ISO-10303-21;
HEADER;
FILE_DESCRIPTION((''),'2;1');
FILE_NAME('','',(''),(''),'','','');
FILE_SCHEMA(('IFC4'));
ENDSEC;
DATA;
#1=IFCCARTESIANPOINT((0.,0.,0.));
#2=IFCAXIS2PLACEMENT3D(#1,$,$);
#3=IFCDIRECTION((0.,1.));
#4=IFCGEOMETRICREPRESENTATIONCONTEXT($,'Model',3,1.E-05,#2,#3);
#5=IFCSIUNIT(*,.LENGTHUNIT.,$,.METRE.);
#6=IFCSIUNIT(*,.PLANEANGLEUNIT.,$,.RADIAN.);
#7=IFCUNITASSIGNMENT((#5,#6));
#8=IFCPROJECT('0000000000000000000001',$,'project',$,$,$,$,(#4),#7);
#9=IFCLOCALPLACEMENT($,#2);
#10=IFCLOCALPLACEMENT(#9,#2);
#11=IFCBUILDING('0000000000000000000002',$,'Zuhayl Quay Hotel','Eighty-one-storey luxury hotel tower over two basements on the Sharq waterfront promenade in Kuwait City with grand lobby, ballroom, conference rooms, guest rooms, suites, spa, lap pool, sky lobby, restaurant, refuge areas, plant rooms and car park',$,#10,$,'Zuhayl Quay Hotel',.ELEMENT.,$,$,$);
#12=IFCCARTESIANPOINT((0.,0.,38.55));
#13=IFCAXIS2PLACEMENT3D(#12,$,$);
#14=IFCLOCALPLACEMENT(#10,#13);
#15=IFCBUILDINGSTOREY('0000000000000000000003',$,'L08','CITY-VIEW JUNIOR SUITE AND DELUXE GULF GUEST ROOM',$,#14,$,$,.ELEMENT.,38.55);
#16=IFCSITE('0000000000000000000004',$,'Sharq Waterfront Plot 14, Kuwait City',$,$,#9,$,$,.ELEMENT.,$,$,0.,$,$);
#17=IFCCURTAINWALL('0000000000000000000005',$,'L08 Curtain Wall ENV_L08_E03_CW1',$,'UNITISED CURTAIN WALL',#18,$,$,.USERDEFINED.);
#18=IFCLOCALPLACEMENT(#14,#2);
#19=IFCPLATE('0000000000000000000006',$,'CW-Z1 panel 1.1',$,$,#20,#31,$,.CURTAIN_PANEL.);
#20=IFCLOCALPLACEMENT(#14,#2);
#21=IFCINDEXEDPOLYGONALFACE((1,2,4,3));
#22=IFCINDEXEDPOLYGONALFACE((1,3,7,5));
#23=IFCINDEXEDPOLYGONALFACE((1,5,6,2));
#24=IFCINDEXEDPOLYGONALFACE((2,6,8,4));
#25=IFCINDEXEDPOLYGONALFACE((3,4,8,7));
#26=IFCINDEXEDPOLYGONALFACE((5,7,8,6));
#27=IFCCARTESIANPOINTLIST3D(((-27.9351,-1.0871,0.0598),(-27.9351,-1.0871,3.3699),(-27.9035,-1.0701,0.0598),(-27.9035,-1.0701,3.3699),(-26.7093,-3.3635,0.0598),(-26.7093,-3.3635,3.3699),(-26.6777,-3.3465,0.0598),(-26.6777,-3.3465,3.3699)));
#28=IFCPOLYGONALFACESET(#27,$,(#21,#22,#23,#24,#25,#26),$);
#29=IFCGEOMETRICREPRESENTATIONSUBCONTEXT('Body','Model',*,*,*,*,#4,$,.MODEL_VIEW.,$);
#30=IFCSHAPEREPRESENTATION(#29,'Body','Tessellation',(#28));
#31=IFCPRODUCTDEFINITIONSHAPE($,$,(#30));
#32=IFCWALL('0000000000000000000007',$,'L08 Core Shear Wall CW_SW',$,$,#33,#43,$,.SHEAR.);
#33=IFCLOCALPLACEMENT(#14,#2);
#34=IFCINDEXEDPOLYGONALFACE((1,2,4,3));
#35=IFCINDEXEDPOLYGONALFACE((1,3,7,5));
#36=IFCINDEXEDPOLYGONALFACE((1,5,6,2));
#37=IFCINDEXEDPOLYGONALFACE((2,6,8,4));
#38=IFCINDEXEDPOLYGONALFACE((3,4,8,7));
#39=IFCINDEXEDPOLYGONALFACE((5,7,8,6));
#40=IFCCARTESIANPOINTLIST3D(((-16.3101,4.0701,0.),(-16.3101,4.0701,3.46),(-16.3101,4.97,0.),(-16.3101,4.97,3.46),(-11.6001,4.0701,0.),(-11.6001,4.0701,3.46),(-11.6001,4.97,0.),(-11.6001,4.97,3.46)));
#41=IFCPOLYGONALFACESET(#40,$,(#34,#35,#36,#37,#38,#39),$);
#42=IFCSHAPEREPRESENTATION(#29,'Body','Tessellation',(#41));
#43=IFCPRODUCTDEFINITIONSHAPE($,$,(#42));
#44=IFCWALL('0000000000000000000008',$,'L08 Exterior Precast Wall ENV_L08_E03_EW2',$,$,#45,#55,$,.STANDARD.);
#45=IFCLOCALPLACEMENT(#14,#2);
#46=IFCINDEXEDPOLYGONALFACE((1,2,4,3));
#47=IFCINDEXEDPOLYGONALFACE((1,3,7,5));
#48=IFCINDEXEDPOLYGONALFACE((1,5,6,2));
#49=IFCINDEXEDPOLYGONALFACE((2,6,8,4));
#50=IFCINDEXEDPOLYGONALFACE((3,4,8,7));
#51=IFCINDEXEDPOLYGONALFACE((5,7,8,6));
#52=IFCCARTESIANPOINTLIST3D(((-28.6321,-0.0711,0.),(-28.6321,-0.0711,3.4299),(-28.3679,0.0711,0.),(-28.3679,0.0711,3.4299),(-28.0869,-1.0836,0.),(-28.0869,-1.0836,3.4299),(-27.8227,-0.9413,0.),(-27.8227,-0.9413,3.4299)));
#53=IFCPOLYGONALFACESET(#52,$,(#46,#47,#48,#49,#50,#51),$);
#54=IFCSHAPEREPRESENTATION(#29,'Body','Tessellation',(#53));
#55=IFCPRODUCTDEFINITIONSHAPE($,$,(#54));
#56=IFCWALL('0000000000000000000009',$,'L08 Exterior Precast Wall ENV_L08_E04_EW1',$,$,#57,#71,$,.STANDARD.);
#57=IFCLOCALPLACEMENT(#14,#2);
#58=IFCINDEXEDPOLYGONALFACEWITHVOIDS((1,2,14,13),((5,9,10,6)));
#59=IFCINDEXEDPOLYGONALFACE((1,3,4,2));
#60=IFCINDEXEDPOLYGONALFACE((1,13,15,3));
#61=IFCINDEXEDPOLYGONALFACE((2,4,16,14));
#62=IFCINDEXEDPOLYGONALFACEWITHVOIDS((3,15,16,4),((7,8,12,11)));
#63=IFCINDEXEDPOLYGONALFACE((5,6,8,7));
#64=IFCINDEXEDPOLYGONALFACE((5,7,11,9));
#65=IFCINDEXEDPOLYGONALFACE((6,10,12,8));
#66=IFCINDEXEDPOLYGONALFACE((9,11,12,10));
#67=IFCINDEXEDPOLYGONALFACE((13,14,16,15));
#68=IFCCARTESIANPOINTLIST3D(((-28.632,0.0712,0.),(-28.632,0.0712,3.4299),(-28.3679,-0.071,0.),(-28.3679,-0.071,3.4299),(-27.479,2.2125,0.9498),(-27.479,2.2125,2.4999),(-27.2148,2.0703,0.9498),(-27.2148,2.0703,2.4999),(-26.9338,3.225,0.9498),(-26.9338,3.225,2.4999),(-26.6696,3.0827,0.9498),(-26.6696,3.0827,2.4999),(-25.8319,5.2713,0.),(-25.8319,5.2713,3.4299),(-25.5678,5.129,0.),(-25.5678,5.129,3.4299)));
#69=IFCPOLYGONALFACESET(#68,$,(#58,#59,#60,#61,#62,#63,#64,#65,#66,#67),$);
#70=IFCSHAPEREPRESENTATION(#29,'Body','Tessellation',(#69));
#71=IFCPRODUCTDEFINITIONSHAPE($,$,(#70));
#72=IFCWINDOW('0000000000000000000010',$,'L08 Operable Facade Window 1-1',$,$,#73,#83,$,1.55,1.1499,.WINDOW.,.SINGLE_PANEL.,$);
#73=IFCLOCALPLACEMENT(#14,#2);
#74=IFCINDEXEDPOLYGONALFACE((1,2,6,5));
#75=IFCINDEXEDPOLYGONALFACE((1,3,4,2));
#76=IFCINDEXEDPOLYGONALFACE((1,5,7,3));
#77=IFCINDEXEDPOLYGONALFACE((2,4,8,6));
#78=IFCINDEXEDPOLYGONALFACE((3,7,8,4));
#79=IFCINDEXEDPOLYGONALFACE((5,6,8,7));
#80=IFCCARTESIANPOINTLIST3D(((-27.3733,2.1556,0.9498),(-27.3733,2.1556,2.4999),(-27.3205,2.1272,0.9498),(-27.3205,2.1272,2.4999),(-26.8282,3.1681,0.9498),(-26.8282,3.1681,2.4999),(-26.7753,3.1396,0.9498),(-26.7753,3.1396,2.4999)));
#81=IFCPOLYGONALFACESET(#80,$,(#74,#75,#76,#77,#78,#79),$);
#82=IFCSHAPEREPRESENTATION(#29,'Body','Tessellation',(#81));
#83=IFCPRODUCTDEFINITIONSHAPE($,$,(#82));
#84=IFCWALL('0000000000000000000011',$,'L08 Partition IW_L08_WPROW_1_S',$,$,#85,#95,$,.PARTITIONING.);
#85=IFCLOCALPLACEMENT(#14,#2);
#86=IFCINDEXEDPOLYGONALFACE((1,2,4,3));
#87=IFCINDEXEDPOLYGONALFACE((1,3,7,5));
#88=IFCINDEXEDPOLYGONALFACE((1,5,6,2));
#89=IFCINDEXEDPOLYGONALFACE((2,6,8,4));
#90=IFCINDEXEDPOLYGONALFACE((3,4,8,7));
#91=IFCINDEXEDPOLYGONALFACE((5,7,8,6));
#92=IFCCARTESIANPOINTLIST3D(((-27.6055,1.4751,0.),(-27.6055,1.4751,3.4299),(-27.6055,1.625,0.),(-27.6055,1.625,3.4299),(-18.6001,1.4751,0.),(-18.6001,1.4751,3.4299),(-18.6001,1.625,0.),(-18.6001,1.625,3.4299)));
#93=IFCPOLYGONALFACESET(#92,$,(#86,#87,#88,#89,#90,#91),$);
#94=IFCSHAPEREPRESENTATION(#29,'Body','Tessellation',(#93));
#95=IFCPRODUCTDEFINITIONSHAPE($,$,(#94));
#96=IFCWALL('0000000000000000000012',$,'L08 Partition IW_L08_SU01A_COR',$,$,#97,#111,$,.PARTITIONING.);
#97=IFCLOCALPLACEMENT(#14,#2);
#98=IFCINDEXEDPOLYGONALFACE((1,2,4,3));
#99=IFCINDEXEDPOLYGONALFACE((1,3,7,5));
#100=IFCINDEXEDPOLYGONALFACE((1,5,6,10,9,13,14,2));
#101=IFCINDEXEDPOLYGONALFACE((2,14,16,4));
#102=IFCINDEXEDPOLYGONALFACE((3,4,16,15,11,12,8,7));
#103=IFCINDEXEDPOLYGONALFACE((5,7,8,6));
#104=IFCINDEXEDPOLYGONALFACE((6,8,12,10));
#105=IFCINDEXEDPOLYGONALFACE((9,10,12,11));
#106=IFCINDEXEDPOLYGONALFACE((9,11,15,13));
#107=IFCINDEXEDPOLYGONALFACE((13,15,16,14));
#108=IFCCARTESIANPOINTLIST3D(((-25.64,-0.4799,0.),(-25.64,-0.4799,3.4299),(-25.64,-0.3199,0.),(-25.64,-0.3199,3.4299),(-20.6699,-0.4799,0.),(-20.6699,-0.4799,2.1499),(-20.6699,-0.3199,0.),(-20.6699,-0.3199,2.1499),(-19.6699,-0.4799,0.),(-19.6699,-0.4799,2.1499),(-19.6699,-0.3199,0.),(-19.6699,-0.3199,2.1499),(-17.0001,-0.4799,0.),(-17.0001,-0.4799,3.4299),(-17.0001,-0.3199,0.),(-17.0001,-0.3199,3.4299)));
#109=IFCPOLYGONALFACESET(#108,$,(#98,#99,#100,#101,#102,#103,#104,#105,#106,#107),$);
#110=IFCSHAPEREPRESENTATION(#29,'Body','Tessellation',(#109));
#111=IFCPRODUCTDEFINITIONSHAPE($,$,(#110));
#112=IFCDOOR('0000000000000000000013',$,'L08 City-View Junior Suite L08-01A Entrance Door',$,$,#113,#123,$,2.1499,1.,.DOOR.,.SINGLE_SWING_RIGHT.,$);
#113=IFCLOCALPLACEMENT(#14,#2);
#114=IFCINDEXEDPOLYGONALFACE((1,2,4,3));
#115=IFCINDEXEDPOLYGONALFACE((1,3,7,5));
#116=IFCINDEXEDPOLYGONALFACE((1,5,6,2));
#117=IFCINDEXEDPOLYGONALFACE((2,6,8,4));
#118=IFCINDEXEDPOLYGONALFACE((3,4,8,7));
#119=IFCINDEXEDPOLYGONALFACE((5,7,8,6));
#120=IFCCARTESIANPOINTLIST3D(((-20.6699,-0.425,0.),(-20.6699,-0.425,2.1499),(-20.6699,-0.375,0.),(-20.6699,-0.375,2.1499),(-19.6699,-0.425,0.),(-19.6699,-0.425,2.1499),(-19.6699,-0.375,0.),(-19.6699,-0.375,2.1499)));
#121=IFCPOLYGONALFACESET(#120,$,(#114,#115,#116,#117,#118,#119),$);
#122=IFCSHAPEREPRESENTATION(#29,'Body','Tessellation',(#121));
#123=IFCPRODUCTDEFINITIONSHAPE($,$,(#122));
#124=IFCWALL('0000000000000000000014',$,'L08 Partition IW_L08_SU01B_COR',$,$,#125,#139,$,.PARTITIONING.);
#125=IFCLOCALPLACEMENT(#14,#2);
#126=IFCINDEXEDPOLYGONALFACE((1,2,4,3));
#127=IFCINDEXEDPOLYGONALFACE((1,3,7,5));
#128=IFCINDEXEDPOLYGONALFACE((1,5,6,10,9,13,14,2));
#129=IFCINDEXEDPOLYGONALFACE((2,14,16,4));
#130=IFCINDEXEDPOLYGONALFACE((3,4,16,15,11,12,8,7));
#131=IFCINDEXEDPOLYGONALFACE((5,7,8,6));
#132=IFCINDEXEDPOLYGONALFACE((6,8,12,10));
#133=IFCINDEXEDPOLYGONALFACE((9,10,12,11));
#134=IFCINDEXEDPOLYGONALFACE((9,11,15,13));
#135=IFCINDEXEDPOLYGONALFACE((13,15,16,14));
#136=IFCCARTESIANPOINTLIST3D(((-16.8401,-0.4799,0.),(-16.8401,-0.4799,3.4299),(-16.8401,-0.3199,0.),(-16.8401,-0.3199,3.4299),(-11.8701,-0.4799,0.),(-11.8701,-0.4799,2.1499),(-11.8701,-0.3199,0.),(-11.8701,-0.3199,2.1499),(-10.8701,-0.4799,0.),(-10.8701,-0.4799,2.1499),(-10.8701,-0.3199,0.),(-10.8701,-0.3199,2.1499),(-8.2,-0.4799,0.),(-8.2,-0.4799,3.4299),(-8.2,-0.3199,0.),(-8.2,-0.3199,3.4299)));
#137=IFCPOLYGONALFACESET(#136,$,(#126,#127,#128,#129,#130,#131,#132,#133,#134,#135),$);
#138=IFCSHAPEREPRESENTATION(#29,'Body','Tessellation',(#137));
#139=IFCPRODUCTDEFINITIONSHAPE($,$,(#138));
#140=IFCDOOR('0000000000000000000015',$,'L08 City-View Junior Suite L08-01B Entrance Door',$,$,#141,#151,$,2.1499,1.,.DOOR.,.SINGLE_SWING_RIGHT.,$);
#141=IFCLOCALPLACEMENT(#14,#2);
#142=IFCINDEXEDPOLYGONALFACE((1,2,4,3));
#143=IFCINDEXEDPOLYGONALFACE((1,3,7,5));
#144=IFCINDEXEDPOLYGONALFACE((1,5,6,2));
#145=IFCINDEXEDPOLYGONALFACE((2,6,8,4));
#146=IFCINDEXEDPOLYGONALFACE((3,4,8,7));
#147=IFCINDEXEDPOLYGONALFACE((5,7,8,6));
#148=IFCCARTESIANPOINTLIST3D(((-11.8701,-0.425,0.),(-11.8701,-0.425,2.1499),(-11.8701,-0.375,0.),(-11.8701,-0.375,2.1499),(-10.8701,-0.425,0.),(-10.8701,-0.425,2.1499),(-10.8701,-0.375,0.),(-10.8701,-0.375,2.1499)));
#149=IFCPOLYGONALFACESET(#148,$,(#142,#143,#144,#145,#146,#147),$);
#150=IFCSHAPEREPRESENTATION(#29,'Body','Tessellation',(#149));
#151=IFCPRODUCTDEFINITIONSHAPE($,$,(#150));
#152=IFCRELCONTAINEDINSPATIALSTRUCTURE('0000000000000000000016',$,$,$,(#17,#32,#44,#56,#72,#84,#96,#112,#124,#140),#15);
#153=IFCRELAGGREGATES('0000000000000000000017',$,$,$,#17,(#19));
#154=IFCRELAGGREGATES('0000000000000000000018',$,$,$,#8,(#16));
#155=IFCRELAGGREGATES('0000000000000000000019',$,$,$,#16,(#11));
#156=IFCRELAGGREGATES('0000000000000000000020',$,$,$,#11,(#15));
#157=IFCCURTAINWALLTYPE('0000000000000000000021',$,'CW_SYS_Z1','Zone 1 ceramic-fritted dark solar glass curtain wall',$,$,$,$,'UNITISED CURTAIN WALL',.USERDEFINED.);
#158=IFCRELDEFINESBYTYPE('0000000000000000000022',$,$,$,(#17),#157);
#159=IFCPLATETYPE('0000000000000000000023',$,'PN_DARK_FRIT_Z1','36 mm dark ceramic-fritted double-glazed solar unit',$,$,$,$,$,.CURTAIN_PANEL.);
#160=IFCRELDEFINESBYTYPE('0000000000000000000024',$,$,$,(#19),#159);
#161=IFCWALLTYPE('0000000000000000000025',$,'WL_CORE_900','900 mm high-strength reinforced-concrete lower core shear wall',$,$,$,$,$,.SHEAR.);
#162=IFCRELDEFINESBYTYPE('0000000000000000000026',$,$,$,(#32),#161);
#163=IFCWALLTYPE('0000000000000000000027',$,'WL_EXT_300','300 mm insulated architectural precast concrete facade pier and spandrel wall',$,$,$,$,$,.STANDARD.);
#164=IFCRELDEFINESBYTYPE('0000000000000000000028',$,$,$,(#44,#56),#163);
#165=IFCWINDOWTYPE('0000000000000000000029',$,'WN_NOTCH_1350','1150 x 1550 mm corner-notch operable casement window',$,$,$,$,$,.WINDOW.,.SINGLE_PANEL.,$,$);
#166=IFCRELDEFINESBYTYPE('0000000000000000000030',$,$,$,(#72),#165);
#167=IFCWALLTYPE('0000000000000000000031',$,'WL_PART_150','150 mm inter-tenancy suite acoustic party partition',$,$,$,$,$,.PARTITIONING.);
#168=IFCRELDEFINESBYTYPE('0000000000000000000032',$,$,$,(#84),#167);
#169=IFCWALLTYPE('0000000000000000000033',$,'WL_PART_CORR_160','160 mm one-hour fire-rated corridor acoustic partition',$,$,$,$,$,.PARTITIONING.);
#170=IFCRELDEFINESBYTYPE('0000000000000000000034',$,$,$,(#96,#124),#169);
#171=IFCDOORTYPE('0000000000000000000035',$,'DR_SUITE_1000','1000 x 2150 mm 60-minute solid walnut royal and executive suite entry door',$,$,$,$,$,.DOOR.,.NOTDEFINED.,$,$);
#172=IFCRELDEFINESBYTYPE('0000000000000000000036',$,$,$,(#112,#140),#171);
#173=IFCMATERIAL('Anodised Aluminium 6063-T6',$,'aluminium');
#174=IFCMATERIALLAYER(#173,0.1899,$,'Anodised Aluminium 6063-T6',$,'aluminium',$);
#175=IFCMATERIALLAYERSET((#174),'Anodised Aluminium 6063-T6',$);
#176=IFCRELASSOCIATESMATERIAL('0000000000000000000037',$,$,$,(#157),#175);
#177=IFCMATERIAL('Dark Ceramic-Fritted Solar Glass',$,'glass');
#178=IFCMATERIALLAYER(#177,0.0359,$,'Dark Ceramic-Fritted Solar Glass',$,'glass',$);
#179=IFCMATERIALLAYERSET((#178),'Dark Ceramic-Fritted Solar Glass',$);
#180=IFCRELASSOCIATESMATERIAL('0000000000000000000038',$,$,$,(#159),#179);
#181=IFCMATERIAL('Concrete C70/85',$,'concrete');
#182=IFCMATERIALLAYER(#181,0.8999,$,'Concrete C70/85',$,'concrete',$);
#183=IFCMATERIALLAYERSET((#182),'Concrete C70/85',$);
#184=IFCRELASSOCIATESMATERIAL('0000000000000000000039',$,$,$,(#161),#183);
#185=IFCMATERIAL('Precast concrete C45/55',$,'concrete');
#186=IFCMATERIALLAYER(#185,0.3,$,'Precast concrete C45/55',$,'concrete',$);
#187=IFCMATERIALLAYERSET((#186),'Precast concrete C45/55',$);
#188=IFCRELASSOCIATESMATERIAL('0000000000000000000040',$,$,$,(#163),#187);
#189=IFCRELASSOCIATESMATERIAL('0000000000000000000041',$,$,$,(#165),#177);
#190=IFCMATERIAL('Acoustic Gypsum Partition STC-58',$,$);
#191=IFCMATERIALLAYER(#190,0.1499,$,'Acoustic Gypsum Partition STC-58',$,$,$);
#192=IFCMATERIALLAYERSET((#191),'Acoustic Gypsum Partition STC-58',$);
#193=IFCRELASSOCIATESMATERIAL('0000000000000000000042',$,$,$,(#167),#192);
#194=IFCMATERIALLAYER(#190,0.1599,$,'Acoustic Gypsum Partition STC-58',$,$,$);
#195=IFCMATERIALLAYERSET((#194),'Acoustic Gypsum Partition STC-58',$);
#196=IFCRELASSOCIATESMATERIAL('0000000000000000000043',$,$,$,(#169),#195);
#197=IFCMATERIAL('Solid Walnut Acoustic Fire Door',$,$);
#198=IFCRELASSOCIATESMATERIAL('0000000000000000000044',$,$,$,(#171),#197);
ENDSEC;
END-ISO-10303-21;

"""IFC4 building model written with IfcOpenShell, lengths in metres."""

from ifc_helpers import new_model, si_unit, direction, frame, frame_2d, origin, origin_2d, place, context, subcontext, project, spatial, rectangle, extrude, material, layer, layer_set, type_object, element, fill, aggregate, save


model = new_model("IFC4")

# Units and contexts
model_context = context("Model", 3, precision=1e-05, world=origin(), true_north=direction((0.0, 1.0)))
body_context = subcontext(model_context, "Body", "Model", "MODEL_VIEW")
ifc_project = project(units=[si_unit("LENGTHUNIT", "METRE"), si_unit("PLANEANGLEUNIT", "RADIAN")], contexts=[model_context])

# Site, building, storey
site_placement = place(None, origin())
site = spatial("IfcSite", under=ifc_project, at=site_placement, Name="Sharq Waterfront Plot 14, Kuwait City", CompositionType="ELEMENT", RefElevation=0.0)
building_placement = place(site_placement, origin())
building = spatial("IfcBuilding", under=site, at=building_placement, Name="Zuhayl Quay Hotel", Description="Eighty-one-storey luxury hotel tower over two basements on the Sharq waterfront promenade in Kuwait City with grand lobby, ballroom, conference rooms, guest rooms, suites, spa, lap pool, sky lobby, restaurant, refuge areas, plant rooms and car park", LongName="Zuhayl Quay Hotel", CompositionType="ELEMENT")
storey_placement = place(building_placement, frame((0.0, 0.0, 38.55)))
storey = spatial("IfcBuildingStorey", under=building, at=storey_placement, Name="L08", Description="CITY-VIEW JUNIOR SUITE AND DELUXE GULF GUEST ROOM", CompositionType="ELEMENT", Elevation=38.55)

# Shared definitions
ifc_material_1 = material(Name="Concrete C70/85", Category="concrete")

# Curtain wall, plate
ifc_material_2 = material(Name="Anodised Aluminium 6063-T6", Category="aluminium")
ifc_layer_1 = layer(ifc_material_2, 0.1899, Name="Anodised Aluminium 6063-T6", Category="aluminium")
ifc_layer_set_1 = layer_set([ifc_layer_1], Name="Anodised Aluminium 6063-T6")
curtain_wall_type = type_object("IfcCurtainWallType", Name="CW_SYS_Z1", Description="Zone 1 ceramic-fritted dark solar glass curtain wall", ElementType="UNITISED CURTAIN WALL", PredefinedType="USERDEFINED", material=ifc_layer_set_1)
curtain_wall_placement = place(storey_placement, origin())
curtain_wall = element("IfcCurtainWall", 1, at=curtain_wall_placement, inside=storey, type_object=curtain_wall_type, Name="L08 Curtain Wall ENV_L08_E03_CW1", ObjectType="UNITISED CURTAIN WALL", PredefinedType="USERDEFINED")
ifc_material_3 = material(Name="Dark Ceramic-Fritted Solar Glass", Category="glass")
ifc_layer_2 = layer(ifc_material_3, 0.0359, Name="Dark Ceramic-Fritted Solar Glass", Category="glass")
ifc_layer_set_2 = layer_set([ifc_layer_2], Name="Dark Ceramic-Fritted Solar Glass")
plate_type = type_object("IfcPlateType", Name="PN_DARK_FRIT_Z1", Description="36 mm dark ceramic-fritted double-glazed solar unit", PredefinedType="CURTAIN_PANEL", material=ifc_layer_set_2)
plate_placement = place(storey_placement, frame((-27.3064, -2.2168, 0.0598), z_axis=(0.0, 0.0, 1.0), x_axis=(-0.474091, 0.880476, 0.0)))
plate = element("IfcPlate", 2, at=plate_placement, type_object=plate_type, Name="CW-Z1 panel 1.1", PredefinedType="CURTAIN_PANEL", context=body_context, shape_type="SweptSolid", body=[
    extrude(rectangle(XDim=2.5854, YDim=0.0359, at=origin_2d()), origin(), (0.0, 0.0, 1.0), 3.3101),
])
aggregate(curtain_wall, [plate])

# Walls
ifc_layer_3 = layer(ifc_material_1, 0.8999, Name="Concrete C70/85", Category="concrete")
ifc_layer_set_3 = layer_set([ifc_layer_3], Name="Concrete C70/85")
wall_type_1 = type_object("IfcWallType", Name="WL_CORE_900", Description="900 mm high-strength reinforced-concrete lower core shear wall", PredefinedType="SHEAR", material=ifc_layer_set_3)
wall_1_placement = place(storey_placement, frame((-16.3101, 4.52, 0.0), z_axis=(0.0, 0.0, 1.0), x_axis=(1.0, 0.0, 0.0)))
element("IfcWall", 3, at=wall_1_placement, inside=storey, type_object=wall_type_1, Name="L08 Core Shear Wall CW_SW", PredefinedType="SHEAR", context=body_context, shape_type="SweptSolid", body=[
    extrude(rectangle(XDim=4.71, YDim=0.8999, at=frame_2d((2.355, 0.0))), origin(), (0.0, 0.0, 1.0), 3.46),
])
ifc_material_4 = material(Name="Precast concrete C45/55", Category="concrete")
ifc_layer_4 = layer(ifc_material_4, 0.3, Name="Precast concrete C45/55", Category="concrete")
ifc_layer_set_4 = layer_set([ifc_layer_4], Name="Precast concrete C45/55")
wall_type_2 = type_object("IfcWallType", Name="WL_EXT_300", Description="300 mm insulated architectural precast concrete facade pier and spandrel wall", PredefinedType="STANDARD", material=ifc_layer_set_4)
wall_2_placement = place(storey_placement, frame((-27.9548, -1.0125, 0.0), z_axis=(0.0, 0.0, 1.0), x_axis=(-0.4741, 0.880471, 0.0)))
element("IfcWall", 4, at=wall_2_placement, inside=storey, type_object=wall_type_2, Name="L08 Exterior Precast Wall ENV_L08_E03_EW2", PredefinedType="STANDARD", context=body_context, shape_type="SweptSolid", body=[
    extrude(rectangle(XDim=1.1499, YDim=0.3, at=frame_2d((0.575, 0.0))), origin(), (0.0, 0.0, 1.0), 3.4299),
])

# Wall, opening, window
wall_3_placement = place(storey_placement, frame((-28.5, 0.0, 0.0), z_axis=(0.0, 0.0, 1.0), x_axis=(0.47411, 0.880466, 0.0)))
wall_3 = element("IfcWall", 5, at=wall_3_placement, inside=storey, type_object=wall_type_2, Name="L08 Exterior Precast Wall ENV_L08_E04_EW1", PredefinedType="STANDARD", context=body_context, shape_type="SweptSolid", body=[
    extrude(rectangle(XDim=5.906, YDim=0.3, at=frame_2d((2.9531, 0.0))), origin(), (0.0, 0.0, 1.0), 3.4299),
])
opening_1_placement = place(wall_3_placement, frame((2.4321, 0.0, 0.95)))
opening_1 = element("IfcOpeningElement", 6, at=opening_1_placement, cuts=wall_3, PredefinedType="OPENING", context=body_context, shape_type="SweptSolid", body=[
    extrude(rectangle(XDim=1.1499, YDim=1.55, at=frame_2d((0.575, 0.7749))), frame((0.0, 0.1599, 0.0), z_axis=(0.0, -1.0, 0.0), x_axis=(1.0, 0.0, 0.0)), (0.0, 0.0, 1.0), 0.3201),
])
window_type = type_object("IfcWindowType", Name="WN_NOTCH_1350", Description="1150 x 1550 mm corner-notch operable casement window", PartitioningType="SINGLE_PANEL", PredefinedType="WINDOW", material=ifc_material_3)
window_placement = place(opening_1_placement, origin())
window = element("IfcWindow", 7, at=window_placement, inside=storey, type_object=window_type, Name="L08 Operable Facade Window 1-1", OverallHeight=1.55, OverallWidth=1.1499, PartitioningType="SINGLE_PANEL", PredefinedType="WINDOW", context=body_context, shape_type="SweptSolid", body=[
    extrude(rectangle(XDim=1.1499, YDim=1.55, at=frame_2d((0.575, 0.7749))), frame((0.0, 0.03, 0.0), z_axis=(0.0, -1.0, 0.0), x_axis=(1.0, 0.0, 0.0)), (0.0, 0.0, 1.0), 0.0601),
])
fill(opening_1, window)

# Wall
ifc_material_5 = material(Name="Acoustic Gypsum Partition STC-58")
ifc_layer_5 = layer(ifc_material_5, 0.1499, Name="Acoustic Gypsum Partition STC-58")
ifc_layer_set_5 = layer_set([ifc_layer_5], Name="Acoustic Gypsum Partition STC-58")
wall_type_3 = type_object("IfcWallType", Name="WL_PART_150", Description="150 mm inter-tenancy suite acoustic party partition", PredefinedType="PARTITIONING", material=ifc_layer_set_5)
wall_4_placement = place(storey_placement, frame((-27.6055, 1.55, 0.0), z_axis=(0.0, 0.0, 1.0), x_axis=(1.0, 0.0, 0.0)))
element("IfcWall", 8, at=wall_4_placement, inside=storey, type_object=wall_type_3, Name="L08 Partition IW_L08_WPROW_1_S", PredefinedType="PARTITIONING", context=body_context, shape_type="SweptSolid", body=[
    extrude(rectangle(XDim=9.0054, YDim=0.1499, at=frame_2d((4.5027, 0.0))), origin(), (0.0, 0.0, 1.0), 3.4299),
])

# Walls, openings, doors
ifc_layer_6 = layer(ifc_material_5, 0.1599, Name="Acoustic Gypsum Partition STC-58")
ifc_layer_set_6 = layer_set([ifc_layer_6], Name="Acoustic Gypsum Partition STC-58")
wall_type_4 = type_object("IfcWallType", Name="WL_PART_CORR_160", Description="160 mm one-hour fire-rated corridor acoustic partition", PredefinedType="PARTITIONING", material=ifc_layer_set_6)
wall_5_placement = place(storey_placement, frame((-25.6399, -0.3999, 0.0), z_axis=(0.0, 0.0, 1.0), x_axis=(1.0, 0.0, 0.0)))
wall_5 = element("IfcWall", 9, at=wall_5_placement, inside=storey, type_object=wall_type_4, Name="L08 Partition IW_L08_SU01A_COR", PredefinedType="PARTITIONING", context=body_context, shape_type="SweptSolid", body=[
    extrude(rectangle(XDim=8.6399, YDim=0.1599, at=frame_2d((4.3198, 0.0))), origin(), (0.0, 0.0, 1.0), 3.4299),
])
opening_2_placement = place(wall_5_placement, frame((4.97, 0.0, 0.0)))
opening_2 = element("IfcOpeningElement", 10, at=opening_2_placement, cuts=wall_5, PredefinedType="OPENING", context=body_context, shape_type="SweptSolid", body=[
    extrude(rectangle(XDim=1.0, YDim=2.1499, at=frame_2d((0.5, 1.075))), frame((0.0, 0.0898, 0.0), z_axis=(0.0, -1.0, 0.0), x_axis=(1.0, 0.0, 0.0)), (0.0, 0.0, 1.0), 0.1799),
])
ifc_material_6 = material(Name="Solid Walnut Acoustic Fire Door")
door_type_1 = type_object("IfcDoorType", Name="DR_SUITE_1000", Description="1000 x 2150 mm 60-minute solid walnut royal and executive suite entry door", OperationType="NOTDEFINED", PredefinedType="DOOR", material=ifc_material_6)
door_1_placement = place(opening_2_placement, origin())
door_1 = element("IfcDoor", 11, at=door_1_placement, inside=storey, type_object=door_type_1, Name="L08 City-View Junior Suite L08-01A Entrance Door", OperationType="SINGLE_SWING_RIGHT", OverallHeight=2.1499, OverallWidth=1.0, PredefinedType="DOOR", context=body_context, shape_type="SweptSolid", body=[
    extrude(rectangle(XDim=1.0, YDim=2.1499, at=frame_2d((0.5, 1.075))), frame((0.0, 0.0249, 0.0), z_axis=(0.0, -1.0, 0.0), x_axis=(1.0, 0.0, 0.0)), (0.0, 0.0, 1.0), 0.05),
])
fill(opening_2, door_1)
wall_6_placement = place(storey_placement, frame((-16.8401, -0.3999, 0.0), z_axis=(0.0, 0.0, 1.0), x_axis=(1.0, 0.0, 0.0)))
wall_6 = element("IfcWall", 12, at=wall_6_placement, inside=storey, type_object=wall_type_4, Name="L08 Partition IW_L08_SU01B_COR", PredefinedType="PARTITIONING", context=body_context, shape_type="SweptSolid", body=[
    extrude(rectangle(XDim=8.6401, YDim=0.1599, at=frame_2d((4.3201, 0.0))), origin(), (0.0, 0.0, 1.0), 3.4299),
])
opening_3_placement = place(wall_6_placement, frame((4.97, 0.0, 0.0)))
opening_3 = element("IfcOpeningElement", 13, at=opening_3_placement, cuts=wall_6, PredefinedType="OPENING", context=body_context, shape_type="SweptSolid", body=[
    extrude(rectangle(XDim=1.0, YDim=2.1499, at=frame_2d((0.5, 1.075))), frame((0.0, 0.0898, 0.0), z_axis=(0.0, -1.0, 0.0), x_axis=(1.0, 0.0, 0.0)), (0.0, 0.0, 1.0), 0.1799),
])
door_2_placement = place(opening_3_placement, origin())
door_2 = element("IfcDoor", 14, at=door_2_placement, inside=storey, type_object=door_type_1, Name="L08 City-View Junior Suite L08-01B Entrance Door", OperationType="SINGLE_SWING_RIGHT", OverallHeight=2.1499, OverallWidth=1.0, PredefinedType="DOOR", context=body_context, shape_type="SweptSolid", body=[
    extrude(rectangle(XDim=1.0, YDim=2.1499, at=frame_2d((0.5, 1.075))), frame((0.0, 0.0249, 0.0), z_axis=(0.0, -1.0, 0.0), x_axis=(1.0, 0.0, 0.0)), (0.0, 0.0, 1.0), 0.05),
])
fill(opening_3, door_2)

save(model, "model.ifc")
